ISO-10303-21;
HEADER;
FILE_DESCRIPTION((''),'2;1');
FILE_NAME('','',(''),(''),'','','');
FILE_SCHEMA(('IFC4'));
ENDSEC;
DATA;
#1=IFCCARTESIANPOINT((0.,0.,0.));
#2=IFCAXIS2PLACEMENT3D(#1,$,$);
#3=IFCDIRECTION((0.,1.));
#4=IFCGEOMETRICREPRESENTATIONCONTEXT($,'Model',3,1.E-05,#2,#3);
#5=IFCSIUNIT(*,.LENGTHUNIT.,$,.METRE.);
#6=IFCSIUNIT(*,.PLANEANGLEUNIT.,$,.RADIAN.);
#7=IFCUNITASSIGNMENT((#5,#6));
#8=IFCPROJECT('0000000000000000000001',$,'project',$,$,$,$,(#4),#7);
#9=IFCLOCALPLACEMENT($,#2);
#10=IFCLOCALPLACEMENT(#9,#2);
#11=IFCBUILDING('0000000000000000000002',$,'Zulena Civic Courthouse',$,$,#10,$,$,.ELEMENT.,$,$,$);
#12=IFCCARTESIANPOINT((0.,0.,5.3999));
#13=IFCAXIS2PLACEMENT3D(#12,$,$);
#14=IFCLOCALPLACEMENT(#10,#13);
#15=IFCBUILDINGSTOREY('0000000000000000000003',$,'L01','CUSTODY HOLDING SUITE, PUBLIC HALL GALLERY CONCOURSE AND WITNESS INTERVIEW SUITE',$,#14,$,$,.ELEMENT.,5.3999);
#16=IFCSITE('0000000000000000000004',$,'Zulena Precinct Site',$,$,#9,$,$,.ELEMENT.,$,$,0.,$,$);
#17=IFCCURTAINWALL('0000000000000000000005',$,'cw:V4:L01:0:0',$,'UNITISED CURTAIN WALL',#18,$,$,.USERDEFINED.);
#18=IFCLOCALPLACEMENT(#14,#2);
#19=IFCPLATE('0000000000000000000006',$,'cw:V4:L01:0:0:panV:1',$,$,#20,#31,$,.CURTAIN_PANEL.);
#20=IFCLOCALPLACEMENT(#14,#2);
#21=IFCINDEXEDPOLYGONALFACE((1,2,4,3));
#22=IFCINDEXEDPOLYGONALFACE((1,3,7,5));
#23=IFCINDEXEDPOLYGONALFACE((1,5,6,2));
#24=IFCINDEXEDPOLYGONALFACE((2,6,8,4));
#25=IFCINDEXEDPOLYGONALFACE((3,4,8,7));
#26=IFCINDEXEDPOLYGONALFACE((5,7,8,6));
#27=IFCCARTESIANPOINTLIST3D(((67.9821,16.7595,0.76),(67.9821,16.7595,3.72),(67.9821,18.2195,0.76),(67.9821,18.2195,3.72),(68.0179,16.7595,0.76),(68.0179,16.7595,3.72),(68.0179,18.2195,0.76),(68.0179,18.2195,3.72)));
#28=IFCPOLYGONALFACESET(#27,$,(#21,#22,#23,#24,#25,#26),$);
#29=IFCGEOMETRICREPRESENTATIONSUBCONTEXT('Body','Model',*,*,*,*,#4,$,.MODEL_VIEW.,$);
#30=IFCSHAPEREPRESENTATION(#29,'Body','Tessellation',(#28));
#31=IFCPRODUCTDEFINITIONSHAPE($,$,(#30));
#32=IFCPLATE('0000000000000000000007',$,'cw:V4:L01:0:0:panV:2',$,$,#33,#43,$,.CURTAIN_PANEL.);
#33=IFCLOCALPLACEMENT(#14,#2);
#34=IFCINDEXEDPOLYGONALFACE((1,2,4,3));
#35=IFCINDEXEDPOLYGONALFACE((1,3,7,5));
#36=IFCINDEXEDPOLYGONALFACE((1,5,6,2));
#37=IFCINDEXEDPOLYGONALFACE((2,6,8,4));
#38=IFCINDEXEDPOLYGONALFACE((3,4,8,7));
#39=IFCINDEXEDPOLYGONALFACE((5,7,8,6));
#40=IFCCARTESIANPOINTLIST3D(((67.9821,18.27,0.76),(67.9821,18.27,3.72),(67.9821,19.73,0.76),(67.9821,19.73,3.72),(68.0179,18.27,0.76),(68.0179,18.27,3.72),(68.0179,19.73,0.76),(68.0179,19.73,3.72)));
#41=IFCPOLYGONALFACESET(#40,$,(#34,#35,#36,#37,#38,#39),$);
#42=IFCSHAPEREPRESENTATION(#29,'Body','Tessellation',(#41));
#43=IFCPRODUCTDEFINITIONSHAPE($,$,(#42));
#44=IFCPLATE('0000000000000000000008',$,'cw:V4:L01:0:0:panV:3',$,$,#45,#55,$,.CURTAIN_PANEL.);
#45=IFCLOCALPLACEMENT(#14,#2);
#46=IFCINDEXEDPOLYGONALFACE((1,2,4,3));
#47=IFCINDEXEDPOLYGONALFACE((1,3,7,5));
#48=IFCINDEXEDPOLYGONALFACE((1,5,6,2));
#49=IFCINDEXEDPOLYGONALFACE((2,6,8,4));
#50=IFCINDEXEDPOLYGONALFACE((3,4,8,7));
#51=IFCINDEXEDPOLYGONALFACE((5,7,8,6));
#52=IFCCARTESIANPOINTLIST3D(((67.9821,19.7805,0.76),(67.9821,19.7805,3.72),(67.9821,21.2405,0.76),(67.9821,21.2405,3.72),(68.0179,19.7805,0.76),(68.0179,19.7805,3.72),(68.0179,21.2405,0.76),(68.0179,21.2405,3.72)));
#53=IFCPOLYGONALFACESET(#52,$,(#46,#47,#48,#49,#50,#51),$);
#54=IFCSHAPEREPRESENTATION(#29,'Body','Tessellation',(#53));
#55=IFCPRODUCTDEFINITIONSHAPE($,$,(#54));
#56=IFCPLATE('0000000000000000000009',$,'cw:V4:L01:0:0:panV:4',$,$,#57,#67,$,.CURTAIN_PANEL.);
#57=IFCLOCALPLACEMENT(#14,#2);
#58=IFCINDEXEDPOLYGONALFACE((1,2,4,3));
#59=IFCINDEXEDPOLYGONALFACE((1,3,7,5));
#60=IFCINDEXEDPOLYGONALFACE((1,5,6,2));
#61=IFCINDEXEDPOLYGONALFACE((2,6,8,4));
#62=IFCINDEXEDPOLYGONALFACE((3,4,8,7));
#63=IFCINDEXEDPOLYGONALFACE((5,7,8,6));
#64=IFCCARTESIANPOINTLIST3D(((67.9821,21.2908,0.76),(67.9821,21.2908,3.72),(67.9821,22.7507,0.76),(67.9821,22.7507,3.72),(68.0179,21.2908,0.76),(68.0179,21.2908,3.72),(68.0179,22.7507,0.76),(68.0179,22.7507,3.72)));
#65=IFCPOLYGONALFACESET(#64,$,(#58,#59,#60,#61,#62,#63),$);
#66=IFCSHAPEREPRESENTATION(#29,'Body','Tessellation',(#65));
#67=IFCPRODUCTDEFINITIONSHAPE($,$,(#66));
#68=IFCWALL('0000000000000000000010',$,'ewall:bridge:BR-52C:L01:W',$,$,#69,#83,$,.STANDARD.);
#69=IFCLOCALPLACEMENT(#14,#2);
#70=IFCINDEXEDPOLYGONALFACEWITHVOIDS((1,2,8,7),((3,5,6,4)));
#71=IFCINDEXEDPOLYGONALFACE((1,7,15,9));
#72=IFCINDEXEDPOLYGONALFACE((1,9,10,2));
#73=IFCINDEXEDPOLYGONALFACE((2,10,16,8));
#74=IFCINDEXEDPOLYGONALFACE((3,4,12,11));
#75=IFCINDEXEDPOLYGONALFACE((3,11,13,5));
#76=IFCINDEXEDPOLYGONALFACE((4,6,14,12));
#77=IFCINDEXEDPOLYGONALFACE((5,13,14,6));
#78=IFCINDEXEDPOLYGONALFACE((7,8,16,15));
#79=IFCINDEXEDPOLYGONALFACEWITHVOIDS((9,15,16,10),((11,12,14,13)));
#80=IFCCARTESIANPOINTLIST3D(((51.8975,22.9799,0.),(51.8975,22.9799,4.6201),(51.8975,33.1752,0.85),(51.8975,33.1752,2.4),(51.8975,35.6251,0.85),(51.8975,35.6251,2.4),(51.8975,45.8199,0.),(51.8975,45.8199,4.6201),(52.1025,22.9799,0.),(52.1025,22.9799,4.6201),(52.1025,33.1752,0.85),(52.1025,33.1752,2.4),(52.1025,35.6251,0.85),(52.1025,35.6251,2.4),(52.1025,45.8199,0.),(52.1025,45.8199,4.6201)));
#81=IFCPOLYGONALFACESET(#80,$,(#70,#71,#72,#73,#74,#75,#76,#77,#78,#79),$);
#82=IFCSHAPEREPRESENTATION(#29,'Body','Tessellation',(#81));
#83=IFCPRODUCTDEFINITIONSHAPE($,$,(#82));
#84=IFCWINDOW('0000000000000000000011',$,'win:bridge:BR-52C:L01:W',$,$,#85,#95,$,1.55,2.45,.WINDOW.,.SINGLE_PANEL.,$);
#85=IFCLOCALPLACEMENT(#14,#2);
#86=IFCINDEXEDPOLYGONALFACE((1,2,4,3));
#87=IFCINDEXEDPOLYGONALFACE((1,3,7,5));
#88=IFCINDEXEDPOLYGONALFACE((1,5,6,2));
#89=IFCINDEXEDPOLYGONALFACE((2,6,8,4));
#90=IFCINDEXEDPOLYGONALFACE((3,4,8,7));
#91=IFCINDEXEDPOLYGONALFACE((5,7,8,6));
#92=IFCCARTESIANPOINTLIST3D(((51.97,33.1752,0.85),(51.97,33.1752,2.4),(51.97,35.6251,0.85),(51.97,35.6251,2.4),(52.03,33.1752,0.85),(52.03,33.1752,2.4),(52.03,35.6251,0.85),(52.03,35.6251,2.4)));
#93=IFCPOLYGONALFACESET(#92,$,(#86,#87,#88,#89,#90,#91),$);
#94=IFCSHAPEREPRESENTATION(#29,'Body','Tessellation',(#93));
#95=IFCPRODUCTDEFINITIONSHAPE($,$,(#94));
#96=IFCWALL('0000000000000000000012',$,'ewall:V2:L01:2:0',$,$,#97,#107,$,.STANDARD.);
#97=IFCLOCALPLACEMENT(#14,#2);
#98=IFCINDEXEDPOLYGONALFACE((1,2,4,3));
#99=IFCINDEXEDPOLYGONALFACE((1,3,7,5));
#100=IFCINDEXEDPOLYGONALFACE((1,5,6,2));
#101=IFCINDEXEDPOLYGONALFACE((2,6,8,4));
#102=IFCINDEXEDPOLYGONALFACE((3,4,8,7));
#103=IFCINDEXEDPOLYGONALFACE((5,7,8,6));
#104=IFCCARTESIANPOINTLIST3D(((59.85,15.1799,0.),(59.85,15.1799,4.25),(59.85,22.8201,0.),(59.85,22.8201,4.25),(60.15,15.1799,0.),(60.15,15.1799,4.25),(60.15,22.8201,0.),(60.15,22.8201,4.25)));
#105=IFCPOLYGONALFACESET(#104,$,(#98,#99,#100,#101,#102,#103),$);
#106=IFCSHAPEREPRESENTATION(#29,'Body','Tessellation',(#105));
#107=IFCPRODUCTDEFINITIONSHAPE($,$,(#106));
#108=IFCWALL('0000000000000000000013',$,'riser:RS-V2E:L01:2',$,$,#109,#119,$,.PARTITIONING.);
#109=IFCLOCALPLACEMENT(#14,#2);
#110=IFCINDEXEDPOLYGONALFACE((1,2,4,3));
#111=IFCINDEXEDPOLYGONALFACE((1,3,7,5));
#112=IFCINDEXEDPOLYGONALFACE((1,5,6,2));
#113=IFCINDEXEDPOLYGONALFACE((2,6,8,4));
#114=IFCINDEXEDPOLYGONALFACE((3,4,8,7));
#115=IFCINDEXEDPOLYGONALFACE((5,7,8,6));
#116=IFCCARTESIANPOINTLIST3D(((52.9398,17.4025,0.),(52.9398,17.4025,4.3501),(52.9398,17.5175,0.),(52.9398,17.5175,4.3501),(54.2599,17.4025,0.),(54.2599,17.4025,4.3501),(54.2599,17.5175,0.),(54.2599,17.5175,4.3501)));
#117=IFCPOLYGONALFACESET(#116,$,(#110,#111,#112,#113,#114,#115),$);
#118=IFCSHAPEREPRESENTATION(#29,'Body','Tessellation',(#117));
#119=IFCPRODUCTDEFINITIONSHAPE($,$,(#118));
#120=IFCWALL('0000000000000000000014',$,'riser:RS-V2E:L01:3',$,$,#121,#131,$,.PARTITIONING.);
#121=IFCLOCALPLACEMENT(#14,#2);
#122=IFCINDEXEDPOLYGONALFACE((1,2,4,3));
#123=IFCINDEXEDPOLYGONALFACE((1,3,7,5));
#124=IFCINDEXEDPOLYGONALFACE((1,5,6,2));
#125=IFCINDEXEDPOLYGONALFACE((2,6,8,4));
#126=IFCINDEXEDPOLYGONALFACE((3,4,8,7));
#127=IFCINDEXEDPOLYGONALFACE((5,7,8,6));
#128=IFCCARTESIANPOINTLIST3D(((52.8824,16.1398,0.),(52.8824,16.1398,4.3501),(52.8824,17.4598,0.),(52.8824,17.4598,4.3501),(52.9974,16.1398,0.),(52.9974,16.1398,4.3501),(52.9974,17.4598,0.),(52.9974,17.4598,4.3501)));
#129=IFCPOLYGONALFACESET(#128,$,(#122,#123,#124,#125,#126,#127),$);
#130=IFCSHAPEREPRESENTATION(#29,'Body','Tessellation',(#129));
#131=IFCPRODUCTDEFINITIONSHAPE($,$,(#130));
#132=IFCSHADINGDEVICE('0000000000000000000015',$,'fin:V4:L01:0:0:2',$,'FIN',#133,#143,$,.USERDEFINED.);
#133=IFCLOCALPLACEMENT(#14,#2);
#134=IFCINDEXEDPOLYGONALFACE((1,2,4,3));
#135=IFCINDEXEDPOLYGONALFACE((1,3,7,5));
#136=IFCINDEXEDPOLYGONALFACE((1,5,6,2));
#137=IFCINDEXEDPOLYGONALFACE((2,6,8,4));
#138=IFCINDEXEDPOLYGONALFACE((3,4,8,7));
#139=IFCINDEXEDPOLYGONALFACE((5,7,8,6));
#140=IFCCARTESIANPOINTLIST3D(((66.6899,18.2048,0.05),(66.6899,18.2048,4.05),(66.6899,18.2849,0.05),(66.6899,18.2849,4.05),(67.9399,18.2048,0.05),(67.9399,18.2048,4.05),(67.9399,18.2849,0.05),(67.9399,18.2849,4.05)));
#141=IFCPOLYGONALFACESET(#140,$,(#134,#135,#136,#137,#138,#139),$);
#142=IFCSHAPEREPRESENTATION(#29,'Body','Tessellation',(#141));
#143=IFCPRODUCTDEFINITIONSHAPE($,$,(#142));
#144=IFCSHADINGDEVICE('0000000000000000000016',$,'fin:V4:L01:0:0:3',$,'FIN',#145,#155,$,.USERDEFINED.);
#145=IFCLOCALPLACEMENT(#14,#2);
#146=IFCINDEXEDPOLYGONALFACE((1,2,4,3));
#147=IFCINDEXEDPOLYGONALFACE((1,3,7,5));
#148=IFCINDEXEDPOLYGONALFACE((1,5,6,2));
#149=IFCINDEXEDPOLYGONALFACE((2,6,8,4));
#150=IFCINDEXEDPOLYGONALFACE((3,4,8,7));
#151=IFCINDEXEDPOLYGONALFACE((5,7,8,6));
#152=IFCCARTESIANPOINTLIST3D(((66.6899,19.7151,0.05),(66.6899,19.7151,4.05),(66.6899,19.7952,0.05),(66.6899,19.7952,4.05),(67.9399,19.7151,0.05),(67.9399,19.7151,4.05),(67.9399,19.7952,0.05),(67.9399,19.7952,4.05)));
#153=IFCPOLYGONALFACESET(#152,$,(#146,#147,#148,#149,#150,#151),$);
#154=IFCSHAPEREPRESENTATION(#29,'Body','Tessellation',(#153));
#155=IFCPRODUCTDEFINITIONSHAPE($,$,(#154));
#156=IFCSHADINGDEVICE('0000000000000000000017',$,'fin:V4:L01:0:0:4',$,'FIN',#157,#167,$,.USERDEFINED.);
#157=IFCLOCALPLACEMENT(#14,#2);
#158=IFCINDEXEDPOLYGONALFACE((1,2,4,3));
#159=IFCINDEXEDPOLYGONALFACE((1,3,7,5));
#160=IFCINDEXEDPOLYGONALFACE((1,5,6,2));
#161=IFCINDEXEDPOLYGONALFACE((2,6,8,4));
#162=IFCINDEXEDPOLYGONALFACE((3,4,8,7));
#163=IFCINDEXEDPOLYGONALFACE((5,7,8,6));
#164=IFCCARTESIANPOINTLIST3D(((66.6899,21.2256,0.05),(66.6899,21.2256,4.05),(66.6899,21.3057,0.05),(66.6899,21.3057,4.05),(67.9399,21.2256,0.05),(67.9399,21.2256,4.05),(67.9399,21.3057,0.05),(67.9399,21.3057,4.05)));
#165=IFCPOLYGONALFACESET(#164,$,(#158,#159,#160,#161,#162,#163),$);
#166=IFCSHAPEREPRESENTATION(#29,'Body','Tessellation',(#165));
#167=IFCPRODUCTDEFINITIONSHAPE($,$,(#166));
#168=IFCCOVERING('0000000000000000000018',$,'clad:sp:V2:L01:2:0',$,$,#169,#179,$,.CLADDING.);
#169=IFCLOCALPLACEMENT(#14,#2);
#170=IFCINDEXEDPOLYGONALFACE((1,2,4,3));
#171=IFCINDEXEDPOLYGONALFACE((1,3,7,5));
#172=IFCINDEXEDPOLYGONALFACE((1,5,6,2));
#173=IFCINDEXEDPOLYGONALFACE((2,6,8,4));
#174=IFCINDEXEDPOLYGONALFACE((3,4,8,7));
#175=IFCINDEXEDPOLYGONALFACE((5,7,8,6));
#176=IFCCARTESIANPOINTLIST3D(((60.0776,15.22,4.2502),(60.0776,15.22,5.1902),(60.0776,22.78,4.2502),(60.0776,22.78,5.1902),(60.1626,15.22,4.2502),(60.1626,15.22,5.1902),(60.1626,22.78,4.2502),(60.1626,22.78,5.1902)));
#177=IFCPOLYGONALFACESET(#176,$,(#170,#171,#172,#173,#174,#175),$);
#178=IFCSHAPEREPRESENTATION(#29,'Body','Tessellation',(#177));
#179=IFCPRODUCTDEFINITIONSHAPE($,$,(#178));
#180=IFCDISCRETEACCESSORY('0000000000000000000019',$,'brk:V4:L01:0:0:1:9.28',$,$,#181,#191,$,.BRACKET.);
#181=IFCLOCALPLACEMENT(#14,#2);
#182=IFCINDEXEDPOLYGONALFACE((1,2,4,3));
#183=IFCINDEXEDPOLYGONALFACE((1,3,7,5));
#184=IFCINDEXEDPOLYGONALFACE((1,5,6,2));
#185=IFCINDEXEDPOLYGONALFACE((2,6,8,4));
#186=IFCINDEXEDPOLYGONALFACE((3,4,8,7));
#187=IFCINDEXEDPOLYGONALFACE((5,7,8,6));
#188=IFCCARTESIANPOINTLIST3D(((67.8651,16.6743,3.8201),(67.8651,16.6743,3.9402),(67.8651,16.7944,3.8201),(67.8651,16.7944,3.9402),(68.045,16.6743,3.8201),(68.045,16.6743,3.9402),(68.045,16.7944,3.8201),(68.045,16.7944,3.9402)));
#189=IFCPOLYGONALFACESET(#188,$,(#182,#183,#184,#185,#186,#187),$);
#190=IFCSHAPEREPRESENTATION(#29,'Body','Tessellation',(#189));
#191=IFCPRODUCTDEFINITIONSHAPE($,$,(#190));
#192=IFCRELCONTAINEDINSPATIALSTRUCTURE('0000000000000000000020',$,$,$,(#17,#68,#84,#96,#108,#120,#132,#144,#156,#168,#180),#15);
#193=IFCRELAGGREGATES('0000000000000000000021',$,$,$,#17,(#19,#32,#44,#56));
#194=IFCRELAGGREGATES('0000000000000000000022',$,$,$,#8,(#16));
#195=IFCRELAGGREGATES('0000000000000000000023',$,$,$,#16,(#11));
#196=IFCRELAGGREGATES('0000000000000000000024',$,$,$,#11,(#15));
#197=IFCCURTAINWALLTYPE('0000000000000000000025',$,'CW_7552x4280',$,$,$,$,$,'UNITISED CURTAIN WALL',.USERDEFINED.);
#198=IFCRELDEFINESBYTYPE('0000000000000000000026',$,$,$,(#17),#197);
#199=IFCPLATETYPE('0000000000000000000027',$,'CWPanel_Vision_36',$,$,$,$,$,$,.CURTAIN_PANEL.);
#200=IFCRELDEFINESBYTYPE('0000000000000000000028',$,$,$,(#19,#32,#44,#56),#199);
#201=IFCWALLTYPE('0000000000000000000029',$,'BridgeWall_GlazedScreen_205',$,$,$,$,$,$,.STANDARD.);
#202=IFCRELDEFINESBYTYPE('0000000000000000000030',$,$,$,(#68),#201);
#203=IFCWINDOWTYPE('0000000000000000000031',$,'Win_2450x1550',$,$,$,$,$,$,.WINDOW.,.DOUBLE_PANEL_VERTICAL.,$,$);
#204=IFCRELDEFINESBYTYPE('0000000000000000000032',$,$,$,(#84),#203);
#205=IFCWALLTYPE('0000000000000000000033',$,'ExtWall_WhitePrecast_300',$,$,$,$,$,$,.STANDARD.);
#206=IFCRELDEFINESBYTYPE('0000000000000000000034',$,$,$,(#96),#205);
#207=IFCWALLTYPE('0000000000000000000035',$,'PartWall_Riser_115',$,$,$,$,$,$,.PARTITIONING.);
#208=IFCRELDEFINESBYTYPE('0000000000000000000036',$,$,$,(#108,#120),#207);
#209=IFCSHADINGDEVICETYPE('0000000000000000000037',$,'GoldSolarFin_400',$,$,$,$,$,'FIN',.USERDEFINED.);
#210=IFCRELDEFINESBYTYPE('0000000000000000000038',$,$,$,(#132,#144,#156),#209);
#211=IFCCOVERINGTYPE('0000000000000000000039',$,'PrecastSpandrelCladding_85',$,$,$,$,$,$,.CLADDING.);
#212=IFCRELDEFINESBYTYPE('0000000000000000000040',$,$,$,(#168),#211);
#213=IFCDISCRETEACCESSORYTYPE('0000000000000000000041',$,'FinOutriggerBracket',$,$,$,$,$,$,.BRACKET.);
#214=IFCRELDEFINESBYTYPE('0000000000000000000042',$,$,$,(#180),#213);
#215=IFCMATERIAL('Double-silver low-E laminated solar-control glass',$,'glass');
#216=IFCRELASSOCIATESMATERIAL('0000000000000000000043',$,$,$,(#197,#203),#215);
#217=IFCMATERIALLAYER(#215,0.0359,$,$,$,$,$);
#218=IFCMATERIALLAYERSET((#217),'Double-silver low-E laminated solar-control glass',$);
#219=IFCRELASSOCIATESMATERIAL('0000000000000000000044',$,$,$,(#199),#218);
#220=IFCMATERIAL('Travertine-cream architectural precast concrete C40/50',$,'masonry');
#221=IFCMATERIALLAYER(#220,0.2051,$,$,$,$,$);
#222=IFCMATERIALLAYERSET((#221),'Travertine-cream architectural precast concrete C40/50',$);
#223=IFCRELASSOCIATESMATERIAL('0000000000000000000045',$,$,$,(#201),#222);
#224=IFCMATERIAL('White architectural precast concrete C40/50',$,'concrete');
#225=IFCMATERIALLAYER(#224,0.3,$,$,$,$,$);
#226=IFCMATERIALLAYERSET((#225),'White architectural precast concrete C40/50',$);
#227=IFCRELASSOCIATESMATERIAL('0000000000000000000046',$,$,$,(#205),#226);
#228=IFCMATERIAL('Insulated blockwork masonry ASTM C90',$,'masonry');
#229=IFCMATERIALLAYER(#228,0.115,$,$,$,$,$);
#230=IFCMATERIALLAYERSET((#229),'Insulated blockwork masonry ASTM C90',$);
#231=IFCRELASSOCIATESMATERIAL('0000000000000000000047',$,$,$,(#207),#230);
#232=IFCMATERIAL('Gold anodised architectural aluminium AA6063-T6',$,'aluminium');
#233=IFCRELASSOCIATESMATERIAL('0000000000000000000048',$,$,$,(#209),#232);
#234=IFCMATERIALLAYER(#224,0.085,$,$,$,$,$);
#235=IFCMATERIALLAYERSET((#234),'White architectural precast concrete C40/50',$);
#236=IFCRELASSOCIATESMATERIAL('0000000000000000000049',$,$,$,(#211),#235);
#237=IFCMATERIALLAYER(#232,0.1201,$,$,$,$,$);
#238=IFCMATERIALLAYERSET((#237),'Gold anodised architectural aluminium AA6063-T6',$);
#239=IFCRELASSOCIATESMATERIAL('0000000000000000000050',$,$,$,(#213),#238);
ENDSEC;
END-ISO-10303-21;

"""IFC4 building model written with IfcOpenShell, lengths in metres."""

from ifc_helpers import new_model, si_unit, direction, frame, frame_2d, origin, origin_2d, place, context, subcontext, project, spatial, rectangle, extrude, material, layer, layer_set, type_object, element, fill, aggregate, save


model = new_model("IFC4")

# Units and contexts
model_context = context("Model", 3, precision=1e-05, world=origin(), true_north=direction((0.0, 1.0)))
body_context = subcontext(model_context, "Body", "Model", "MODEL_VIEW")
ifc_project = project(units=[si_unit("LENGTHUNIT", "METRE"), si_unit("PLANEANGLEUNIT", "RADIAN")], contexts=[model_context])

# Site, building, storey
site_placement = place(None, origin())
site = spatial("IfcSite", under=ifc_project, at=site_placement, Name="Zulena Precinct Site", CompositionType="ELEMENT", RefElevation=0.0)
building_placement = place(site_placement, origin())
building = spatial("IfcBuilding", under=site, at=building_placement, Name="Zulena Civic Courthouse", CompositionType="ELEMENT")
storey_placement = place(building_placement, frame((0.0, 0.0, 5.3999)))
storey = spatial("IfcBuildingStorey", under=building, at=storey_placement, Name="L01", Description="CUSTODY HOLDING SUITE, PUBLIC HALL GALLERY CONCOURSE AND WITNESS INTERVIEW SUITE", CompositionType="ELEMENT", Elevation=5.3999)

# Curtain wall
ifc_material_1 = material(Name="Double-silver low-E laminated solar-control glass", Category="glass")
curtain_wall_type = type_object("IfcCurtainWallType", Name="CW_7552x4280", ElementType="UNITISED CURTAIN WALL", PredefinedType="USERDEFINED", material=ifc_material_1)
curtain_wall_placement = place(storey_placement, origin())
curtain_wall = element("IfcCurtainWall", 1, at=curtain_wall_placement, inside=storey, type_object=curtain_wall_type, Name="cw:V4:L01:0:0", ObjectType="UNITISED CURTAIN WALL", PredefinedType="USERDEFINED")

# Plates
ifc_layer_1 = layer(ifc_material_1, 0.0359)
ifc_layer_set_1 = layer_set([ifc_layer_1], Name="Double-silver low-E laminated solar-control glass")
plate_type_1 = type_object("IfcPlateType", Name="CWPanel_Vision_36", PredefinedType="CURTAIN_PANEL", material=ifc_layer_set_1)
plate_1_placement = place(storey_placement, frame((68.0, 17.4895, 0.76), z_axis=(0.0, 0.0, 1.0), x_axis=(0.0, 1.0, 0.0)))
plate_1 = element("IfcPlate", 2, at=plate_1_placement, type_object=plate_type_1, Name="cw:V4:L01:0:0:panV:1", PredefinedType="CURTAIN_PANEL", context=body_context, shape_type="SweptSolid", body=[
    extrude(rectangle(XDim=1.46, YDim=0.0359, at=origin_2d()), origin(), (0.0, 0.0, 1.0), 2.96),
])
plate_2_placement = place(storey_placement, frame((68.0, 19.0, 0.76), z_axis=(0.0, 0.0, 1.0), x_axis=(0.0, 1.0, 0.0)))
plate_2 = element("IfcPlate", 3, at=plate_2_placement, type_object=plate_type_1, Name="cw:V4:L01:0:0:panV:2", PredefinedType="CURTAIN_PANEL", context=body_context, shape_type="SweptSolid", body=[
    extrude(rectangle(XDim=1.46, YDim=0.0359, at=origin_2d()), origin(), (0.0, 0.0, 1.0), 2.96),
])
plate_3_placement = place(storey_placement, frame((68.0, 20.5105, 0.76), z_axis=(0.0, 0.0, 1.0), x_axis=(0.0, 1.0, 0.0)))
plate_3 = element("IfcPlate", 4, at=plate_3_placement, type_object=plate_type_1, Name="cw:V4:L01:0:0:panV:3", PredefinedType="CURTAIN_PANEL", context=body_context, shape_type="SweptSolid", body=[
    extrude(rectangle(XDim=1.46, YDim=0.0359, at=origin_2d()), origin(), (0.0, 0.0, 1.0), 2.96),
])
plate_4_placement = place(storey_placement, frame((68.0, 22.0208, 0.76), z_axis=(0.0, 0.0, 1.0), x_axis=(0.0, 1.0, 0.0)))
plate_4 = element("IfcPlate", 5, at=plate_4_placement, type_object=plate_type_1, Name="cw:V4:L01:0:0:panV:4", PredefinedType="CURTAIN_PANEL", context=body_context, shape_type="SweptSolid", body=[
    extrude(rectangle(XDim=1.46, YDim=0.0359, at=origin_2d()), origin(), (0.0, 0.0, 1.0), 2.96),
])
aggregate(curtain_wall, [plate_1, plate_2, plate_3, plate_4])

# Wall, opening, window
ifc_material_2 = material(Name="Travertine-cream architectural precast concrete C40/50", Category="masonry")
ifc_layer_2 = layer(ifc_material_2, 0.2051)
ifc_layer_set_2 = layer_set([ifc_layer_2], Name="Travertine-cream architectural precast concrete C40/50")
wall_type_1 = type_object("IfcWallType", Name="BridgeWall_GlazedScreen_205", PredefinedType="STANDARD", material=ifc_layer_set_2)
wall_1_placement = place(storey_placement, frame((52.0, 22.98, 0.0), z_axis=(0.0, 0.0, 1.0), x_axis=(0.0, 1.0, 0.0)))
wall_1 = element("IfcWall", 6, at=wall_1_placement, inside=storey, type_object=wall_type_1, Name="ewall:bridge:BR-52C:L01:W", PredefinedType="STANDARD", context=body_context, shape_type="SweptSolid", body=[
    extrude(rectangle(XDim=22.8401, YDim=0.2051, at=frame_2d((11.4199, 0.0))), origin(), (0.0, 0.0, 1.0), 4.6201),
])
opening_placement = place(wall_1_placement, frame((10.1951, 0.0, 0.8501)))
opening = element("IfcOpeningElement", 7, at=opening_placement, cuts=wall_1, PredefinedType="OPENING", context=body_context, shape_type="SweptSolid", body=[
    extrude(rectangle(XDim=2.45, YDim=1.55, at=frame_2d((1.2251, 0.7749))), frame((0.0, 0.1125, 0.0), z_axis=(0.0, -1.0, 0.0), x_axis=(1.0, 0.0, 0.0)), (0.0, 0.0, 1.0), 0.2251),
])
window_type = type_object("IfcWindowType", Name="Win_2450x1550", PartitioningType="DOUBLE_PANEL_VERTICAL", PredefinedType="WINDOW", material=ifc_material_1)
window_placement = place(opening_placement, origin())
window = element("IfcWindow", 8, at=window_placement, inside=storey, type_object=window_type, Name="win:bridge:BR-52C:L01:W", OverallHeight=1.55, OverallWidth=2.45, PartitioningType="SINGLE_PANEL", PredefinedType="WINDOW", context=body_context, shape_type="SweptSolid", body=[
    extrude(rectangle(XDim=2.45, YDim=1.55, at=frame_2d((1.2251, 0.7749))), frame((0.0, 0.03, 0.0), z_axis=(0.0, -1.0, 0.0), x_axis=(1.0, 0.0, 0.0)), (0.0, 0.0, 1.0), 0.0601),
])
fill(opening, window)

# Walls
ifc_material_3 = material(Name="White architectural precast concrete C40/50", Category="concrete")
ifc_layer_3 = layer(ifc_material_3, 0.3)
ifc_layer_set_3 = layer_set([ifc_layer_3], Name="White architectural precast concrete C40/50")
wall_type_2 = type_object("IfcWallType", Name="ExtWall_WhitePrecast_300", PredefinedType="STANDARD", material=ifc_layer_set_3)
wall_2_placement = place(storey_placement, frame((60.0, 22.8201, 0.0), z_axis=(0.0, 0.0, 1.0), x_axis=(0.0, -1.0, 0.0)))
element("IfcWall", 9, at=wall_2_placement, inside=storey, type_object=wall_type_2, Name="ewall:V2:L01:2:0", PredefinedType="STANDARD", context=body_context, shape_type="SweptSolid", body=[
    extrude(rectangle(XDim=7.6401, YDim=0.3, at=frame_2d((3.8201, 0.0))), origin(), (0.0, 0.0, 1.0), 4.25),
])
ifc_material_4 = material(Name="Insulated blockwork masonry ASTM C90", Category="masonry")
ifc_layer_4 = layer(ifc_material_4, 0.115)
ifc_layer_set_4 = layer_set([ifc_layer_4], Name="Insulated blockwork masonry ASTM C90")
wall_type_3 = type_object("IfcWallType", Name="PartWall_Riser_115", PredefinedType="PARTITIONING", material=ifc_layer_set_4)
for number, where, z_axis, x_axis, name in (
    (10, (54.26, 17.46, 0.0), (0.0, 0.0, 1.0), (-1.0, 0.0, 0.0), "riser:RS-V2E:L01:2"),
    (11, (52.9399, 17.46, 0.0), (0.0, 0.0, 1.0), (0.0, -1.0, 0.0), "riser:RS-V2E:L01:3"),
):
    element("IfcWall", number, at=place(storey_placement, frame(where, z_axis=z_axis, x_axis=x_axis)), inside=storey, type_object=wall_type_3, Name=name, PredefinedType="PARTITIONING", context=body_context, shape_type="SweptSolid", body=[
        extrude(rectangle(XDim=1.3201, YDim=0.115, at=frame_2d((0.6602, 0.0))), origin(), (0.0, 0.0, 1.0), 4.3501),
    ])

# Shading devices
ifc_material_5 = material(Name="Gold anodised architectural aluminium AA6063-T6", Category="aluminium")
shading_device_type = type_object("IfcShadingDeviceType", Name="GoldSolarFin_400", ElementType="FIN", PredefinedType="USERDEFINED", material=ifc_material_5)
for number, where, z_axis, x_axis, name in (
    (12, (67.3149, 18.2449, 0.05), (0.0, 0.0, 1.0), (-1.0, 0.0, 0.0), "fin:V4:L01:0:0:2"),
    (13, (67.3149, 19.7551, 0.05), (0.0, 0.0, 1.0), (-1.0, 0.0, 0.0), "fin:V4:L01:0:0:3"),
    (14, (67.3149, 21.2656, 0.05), (0.0, 0.0, 1.0), (-1.0, 0.0, 0.0), "fin:V4:L01:0:0:4"),
):
    element("IfcShadingDevice", number, at=place(storey_placement, frame(where, z_axis=z_axis, x_axis=x_axis)), inside=storey, type_object=shading_device_type, Name=name, ObjectType="FIN", PredefinedType="USERDEFINED", context=body_context, shape_type="SweptSolid", body=[
        extrude(rectangle(XDim=1.25, YDim=0.0801, at=origin_2d()), origin(), (0.0, 0.0, 1.0), 4.0),
    ])

# Covering
ifc_layer_5 = layer(ifc_material_3, 0.085)
ifc_layer_set_5 = layer_set([ifc_layer_5], Name="White architectural precast concrete C40/50")
covering_type = type_object("IfcCoveringType", Name="PrecastSpandrelCladding_85", PredefinedType="CLADDING", material=ifc_layer_set_5)
covering_placement = place(storey_placement, frame((60.1201, 19.0, 4.2502), z_axis=(0.0, 0.0, 1.0), x_axis=(0.0, -1.0, 0.0)))
element("IfcCovering", 15, at=covering_placement, inside=storey, type_object=covering_type, Name="clad:sp:V2:L01:2:0", PredefinedType="CLADDING", context=body_context, shape_type="SweptSolid", body=[
    extrude(rectangle(XDim=7.5601, YDim=0.085, at=origin_2d()), origin(), (0.0, 0.0, 1.0), 0.9399),
])

# Discrete accessory
ifc_layer_6 = layer(ifc_material_5, 0.1201)
ifc_layer_set_6 = layer_set([ifc_layer_6], Name="Gold anodised architectural aluminium AA6063-T6")
discrete_accessory_type = type_object("IfcDiscreteAccessoryType", Name="FinOutriggerBracket", PredefinedType="BRACKET", material=ifc_layer_set_6)
for number, where, z_axis, x_axis, name in (
    (16, (67.9551, 16.7344, 3.8201), (0.0, 0.0, 1.0), (-1.0, 0.0, 0.0), "brk:V4:L01:0:0:1:9.28"),
):
    element("IfcDiscreteAccessory", number, at=place(storey_placement, frame(where, z_axis=z_axis, x_axis=x_axis)), inside=storey, type_object=discrete_accessory_type, Name=name, PredefinedType="BRACKET", context=body_context, shape_type="SweptSolid", body=[
        extrude(rectangle(XDim=0.1799, YDim=0.1201, at=origin_2d()), origin(), (0.0, 0.0, 1.0), 0.1201),
    ])

save(model, "model.ifc")
